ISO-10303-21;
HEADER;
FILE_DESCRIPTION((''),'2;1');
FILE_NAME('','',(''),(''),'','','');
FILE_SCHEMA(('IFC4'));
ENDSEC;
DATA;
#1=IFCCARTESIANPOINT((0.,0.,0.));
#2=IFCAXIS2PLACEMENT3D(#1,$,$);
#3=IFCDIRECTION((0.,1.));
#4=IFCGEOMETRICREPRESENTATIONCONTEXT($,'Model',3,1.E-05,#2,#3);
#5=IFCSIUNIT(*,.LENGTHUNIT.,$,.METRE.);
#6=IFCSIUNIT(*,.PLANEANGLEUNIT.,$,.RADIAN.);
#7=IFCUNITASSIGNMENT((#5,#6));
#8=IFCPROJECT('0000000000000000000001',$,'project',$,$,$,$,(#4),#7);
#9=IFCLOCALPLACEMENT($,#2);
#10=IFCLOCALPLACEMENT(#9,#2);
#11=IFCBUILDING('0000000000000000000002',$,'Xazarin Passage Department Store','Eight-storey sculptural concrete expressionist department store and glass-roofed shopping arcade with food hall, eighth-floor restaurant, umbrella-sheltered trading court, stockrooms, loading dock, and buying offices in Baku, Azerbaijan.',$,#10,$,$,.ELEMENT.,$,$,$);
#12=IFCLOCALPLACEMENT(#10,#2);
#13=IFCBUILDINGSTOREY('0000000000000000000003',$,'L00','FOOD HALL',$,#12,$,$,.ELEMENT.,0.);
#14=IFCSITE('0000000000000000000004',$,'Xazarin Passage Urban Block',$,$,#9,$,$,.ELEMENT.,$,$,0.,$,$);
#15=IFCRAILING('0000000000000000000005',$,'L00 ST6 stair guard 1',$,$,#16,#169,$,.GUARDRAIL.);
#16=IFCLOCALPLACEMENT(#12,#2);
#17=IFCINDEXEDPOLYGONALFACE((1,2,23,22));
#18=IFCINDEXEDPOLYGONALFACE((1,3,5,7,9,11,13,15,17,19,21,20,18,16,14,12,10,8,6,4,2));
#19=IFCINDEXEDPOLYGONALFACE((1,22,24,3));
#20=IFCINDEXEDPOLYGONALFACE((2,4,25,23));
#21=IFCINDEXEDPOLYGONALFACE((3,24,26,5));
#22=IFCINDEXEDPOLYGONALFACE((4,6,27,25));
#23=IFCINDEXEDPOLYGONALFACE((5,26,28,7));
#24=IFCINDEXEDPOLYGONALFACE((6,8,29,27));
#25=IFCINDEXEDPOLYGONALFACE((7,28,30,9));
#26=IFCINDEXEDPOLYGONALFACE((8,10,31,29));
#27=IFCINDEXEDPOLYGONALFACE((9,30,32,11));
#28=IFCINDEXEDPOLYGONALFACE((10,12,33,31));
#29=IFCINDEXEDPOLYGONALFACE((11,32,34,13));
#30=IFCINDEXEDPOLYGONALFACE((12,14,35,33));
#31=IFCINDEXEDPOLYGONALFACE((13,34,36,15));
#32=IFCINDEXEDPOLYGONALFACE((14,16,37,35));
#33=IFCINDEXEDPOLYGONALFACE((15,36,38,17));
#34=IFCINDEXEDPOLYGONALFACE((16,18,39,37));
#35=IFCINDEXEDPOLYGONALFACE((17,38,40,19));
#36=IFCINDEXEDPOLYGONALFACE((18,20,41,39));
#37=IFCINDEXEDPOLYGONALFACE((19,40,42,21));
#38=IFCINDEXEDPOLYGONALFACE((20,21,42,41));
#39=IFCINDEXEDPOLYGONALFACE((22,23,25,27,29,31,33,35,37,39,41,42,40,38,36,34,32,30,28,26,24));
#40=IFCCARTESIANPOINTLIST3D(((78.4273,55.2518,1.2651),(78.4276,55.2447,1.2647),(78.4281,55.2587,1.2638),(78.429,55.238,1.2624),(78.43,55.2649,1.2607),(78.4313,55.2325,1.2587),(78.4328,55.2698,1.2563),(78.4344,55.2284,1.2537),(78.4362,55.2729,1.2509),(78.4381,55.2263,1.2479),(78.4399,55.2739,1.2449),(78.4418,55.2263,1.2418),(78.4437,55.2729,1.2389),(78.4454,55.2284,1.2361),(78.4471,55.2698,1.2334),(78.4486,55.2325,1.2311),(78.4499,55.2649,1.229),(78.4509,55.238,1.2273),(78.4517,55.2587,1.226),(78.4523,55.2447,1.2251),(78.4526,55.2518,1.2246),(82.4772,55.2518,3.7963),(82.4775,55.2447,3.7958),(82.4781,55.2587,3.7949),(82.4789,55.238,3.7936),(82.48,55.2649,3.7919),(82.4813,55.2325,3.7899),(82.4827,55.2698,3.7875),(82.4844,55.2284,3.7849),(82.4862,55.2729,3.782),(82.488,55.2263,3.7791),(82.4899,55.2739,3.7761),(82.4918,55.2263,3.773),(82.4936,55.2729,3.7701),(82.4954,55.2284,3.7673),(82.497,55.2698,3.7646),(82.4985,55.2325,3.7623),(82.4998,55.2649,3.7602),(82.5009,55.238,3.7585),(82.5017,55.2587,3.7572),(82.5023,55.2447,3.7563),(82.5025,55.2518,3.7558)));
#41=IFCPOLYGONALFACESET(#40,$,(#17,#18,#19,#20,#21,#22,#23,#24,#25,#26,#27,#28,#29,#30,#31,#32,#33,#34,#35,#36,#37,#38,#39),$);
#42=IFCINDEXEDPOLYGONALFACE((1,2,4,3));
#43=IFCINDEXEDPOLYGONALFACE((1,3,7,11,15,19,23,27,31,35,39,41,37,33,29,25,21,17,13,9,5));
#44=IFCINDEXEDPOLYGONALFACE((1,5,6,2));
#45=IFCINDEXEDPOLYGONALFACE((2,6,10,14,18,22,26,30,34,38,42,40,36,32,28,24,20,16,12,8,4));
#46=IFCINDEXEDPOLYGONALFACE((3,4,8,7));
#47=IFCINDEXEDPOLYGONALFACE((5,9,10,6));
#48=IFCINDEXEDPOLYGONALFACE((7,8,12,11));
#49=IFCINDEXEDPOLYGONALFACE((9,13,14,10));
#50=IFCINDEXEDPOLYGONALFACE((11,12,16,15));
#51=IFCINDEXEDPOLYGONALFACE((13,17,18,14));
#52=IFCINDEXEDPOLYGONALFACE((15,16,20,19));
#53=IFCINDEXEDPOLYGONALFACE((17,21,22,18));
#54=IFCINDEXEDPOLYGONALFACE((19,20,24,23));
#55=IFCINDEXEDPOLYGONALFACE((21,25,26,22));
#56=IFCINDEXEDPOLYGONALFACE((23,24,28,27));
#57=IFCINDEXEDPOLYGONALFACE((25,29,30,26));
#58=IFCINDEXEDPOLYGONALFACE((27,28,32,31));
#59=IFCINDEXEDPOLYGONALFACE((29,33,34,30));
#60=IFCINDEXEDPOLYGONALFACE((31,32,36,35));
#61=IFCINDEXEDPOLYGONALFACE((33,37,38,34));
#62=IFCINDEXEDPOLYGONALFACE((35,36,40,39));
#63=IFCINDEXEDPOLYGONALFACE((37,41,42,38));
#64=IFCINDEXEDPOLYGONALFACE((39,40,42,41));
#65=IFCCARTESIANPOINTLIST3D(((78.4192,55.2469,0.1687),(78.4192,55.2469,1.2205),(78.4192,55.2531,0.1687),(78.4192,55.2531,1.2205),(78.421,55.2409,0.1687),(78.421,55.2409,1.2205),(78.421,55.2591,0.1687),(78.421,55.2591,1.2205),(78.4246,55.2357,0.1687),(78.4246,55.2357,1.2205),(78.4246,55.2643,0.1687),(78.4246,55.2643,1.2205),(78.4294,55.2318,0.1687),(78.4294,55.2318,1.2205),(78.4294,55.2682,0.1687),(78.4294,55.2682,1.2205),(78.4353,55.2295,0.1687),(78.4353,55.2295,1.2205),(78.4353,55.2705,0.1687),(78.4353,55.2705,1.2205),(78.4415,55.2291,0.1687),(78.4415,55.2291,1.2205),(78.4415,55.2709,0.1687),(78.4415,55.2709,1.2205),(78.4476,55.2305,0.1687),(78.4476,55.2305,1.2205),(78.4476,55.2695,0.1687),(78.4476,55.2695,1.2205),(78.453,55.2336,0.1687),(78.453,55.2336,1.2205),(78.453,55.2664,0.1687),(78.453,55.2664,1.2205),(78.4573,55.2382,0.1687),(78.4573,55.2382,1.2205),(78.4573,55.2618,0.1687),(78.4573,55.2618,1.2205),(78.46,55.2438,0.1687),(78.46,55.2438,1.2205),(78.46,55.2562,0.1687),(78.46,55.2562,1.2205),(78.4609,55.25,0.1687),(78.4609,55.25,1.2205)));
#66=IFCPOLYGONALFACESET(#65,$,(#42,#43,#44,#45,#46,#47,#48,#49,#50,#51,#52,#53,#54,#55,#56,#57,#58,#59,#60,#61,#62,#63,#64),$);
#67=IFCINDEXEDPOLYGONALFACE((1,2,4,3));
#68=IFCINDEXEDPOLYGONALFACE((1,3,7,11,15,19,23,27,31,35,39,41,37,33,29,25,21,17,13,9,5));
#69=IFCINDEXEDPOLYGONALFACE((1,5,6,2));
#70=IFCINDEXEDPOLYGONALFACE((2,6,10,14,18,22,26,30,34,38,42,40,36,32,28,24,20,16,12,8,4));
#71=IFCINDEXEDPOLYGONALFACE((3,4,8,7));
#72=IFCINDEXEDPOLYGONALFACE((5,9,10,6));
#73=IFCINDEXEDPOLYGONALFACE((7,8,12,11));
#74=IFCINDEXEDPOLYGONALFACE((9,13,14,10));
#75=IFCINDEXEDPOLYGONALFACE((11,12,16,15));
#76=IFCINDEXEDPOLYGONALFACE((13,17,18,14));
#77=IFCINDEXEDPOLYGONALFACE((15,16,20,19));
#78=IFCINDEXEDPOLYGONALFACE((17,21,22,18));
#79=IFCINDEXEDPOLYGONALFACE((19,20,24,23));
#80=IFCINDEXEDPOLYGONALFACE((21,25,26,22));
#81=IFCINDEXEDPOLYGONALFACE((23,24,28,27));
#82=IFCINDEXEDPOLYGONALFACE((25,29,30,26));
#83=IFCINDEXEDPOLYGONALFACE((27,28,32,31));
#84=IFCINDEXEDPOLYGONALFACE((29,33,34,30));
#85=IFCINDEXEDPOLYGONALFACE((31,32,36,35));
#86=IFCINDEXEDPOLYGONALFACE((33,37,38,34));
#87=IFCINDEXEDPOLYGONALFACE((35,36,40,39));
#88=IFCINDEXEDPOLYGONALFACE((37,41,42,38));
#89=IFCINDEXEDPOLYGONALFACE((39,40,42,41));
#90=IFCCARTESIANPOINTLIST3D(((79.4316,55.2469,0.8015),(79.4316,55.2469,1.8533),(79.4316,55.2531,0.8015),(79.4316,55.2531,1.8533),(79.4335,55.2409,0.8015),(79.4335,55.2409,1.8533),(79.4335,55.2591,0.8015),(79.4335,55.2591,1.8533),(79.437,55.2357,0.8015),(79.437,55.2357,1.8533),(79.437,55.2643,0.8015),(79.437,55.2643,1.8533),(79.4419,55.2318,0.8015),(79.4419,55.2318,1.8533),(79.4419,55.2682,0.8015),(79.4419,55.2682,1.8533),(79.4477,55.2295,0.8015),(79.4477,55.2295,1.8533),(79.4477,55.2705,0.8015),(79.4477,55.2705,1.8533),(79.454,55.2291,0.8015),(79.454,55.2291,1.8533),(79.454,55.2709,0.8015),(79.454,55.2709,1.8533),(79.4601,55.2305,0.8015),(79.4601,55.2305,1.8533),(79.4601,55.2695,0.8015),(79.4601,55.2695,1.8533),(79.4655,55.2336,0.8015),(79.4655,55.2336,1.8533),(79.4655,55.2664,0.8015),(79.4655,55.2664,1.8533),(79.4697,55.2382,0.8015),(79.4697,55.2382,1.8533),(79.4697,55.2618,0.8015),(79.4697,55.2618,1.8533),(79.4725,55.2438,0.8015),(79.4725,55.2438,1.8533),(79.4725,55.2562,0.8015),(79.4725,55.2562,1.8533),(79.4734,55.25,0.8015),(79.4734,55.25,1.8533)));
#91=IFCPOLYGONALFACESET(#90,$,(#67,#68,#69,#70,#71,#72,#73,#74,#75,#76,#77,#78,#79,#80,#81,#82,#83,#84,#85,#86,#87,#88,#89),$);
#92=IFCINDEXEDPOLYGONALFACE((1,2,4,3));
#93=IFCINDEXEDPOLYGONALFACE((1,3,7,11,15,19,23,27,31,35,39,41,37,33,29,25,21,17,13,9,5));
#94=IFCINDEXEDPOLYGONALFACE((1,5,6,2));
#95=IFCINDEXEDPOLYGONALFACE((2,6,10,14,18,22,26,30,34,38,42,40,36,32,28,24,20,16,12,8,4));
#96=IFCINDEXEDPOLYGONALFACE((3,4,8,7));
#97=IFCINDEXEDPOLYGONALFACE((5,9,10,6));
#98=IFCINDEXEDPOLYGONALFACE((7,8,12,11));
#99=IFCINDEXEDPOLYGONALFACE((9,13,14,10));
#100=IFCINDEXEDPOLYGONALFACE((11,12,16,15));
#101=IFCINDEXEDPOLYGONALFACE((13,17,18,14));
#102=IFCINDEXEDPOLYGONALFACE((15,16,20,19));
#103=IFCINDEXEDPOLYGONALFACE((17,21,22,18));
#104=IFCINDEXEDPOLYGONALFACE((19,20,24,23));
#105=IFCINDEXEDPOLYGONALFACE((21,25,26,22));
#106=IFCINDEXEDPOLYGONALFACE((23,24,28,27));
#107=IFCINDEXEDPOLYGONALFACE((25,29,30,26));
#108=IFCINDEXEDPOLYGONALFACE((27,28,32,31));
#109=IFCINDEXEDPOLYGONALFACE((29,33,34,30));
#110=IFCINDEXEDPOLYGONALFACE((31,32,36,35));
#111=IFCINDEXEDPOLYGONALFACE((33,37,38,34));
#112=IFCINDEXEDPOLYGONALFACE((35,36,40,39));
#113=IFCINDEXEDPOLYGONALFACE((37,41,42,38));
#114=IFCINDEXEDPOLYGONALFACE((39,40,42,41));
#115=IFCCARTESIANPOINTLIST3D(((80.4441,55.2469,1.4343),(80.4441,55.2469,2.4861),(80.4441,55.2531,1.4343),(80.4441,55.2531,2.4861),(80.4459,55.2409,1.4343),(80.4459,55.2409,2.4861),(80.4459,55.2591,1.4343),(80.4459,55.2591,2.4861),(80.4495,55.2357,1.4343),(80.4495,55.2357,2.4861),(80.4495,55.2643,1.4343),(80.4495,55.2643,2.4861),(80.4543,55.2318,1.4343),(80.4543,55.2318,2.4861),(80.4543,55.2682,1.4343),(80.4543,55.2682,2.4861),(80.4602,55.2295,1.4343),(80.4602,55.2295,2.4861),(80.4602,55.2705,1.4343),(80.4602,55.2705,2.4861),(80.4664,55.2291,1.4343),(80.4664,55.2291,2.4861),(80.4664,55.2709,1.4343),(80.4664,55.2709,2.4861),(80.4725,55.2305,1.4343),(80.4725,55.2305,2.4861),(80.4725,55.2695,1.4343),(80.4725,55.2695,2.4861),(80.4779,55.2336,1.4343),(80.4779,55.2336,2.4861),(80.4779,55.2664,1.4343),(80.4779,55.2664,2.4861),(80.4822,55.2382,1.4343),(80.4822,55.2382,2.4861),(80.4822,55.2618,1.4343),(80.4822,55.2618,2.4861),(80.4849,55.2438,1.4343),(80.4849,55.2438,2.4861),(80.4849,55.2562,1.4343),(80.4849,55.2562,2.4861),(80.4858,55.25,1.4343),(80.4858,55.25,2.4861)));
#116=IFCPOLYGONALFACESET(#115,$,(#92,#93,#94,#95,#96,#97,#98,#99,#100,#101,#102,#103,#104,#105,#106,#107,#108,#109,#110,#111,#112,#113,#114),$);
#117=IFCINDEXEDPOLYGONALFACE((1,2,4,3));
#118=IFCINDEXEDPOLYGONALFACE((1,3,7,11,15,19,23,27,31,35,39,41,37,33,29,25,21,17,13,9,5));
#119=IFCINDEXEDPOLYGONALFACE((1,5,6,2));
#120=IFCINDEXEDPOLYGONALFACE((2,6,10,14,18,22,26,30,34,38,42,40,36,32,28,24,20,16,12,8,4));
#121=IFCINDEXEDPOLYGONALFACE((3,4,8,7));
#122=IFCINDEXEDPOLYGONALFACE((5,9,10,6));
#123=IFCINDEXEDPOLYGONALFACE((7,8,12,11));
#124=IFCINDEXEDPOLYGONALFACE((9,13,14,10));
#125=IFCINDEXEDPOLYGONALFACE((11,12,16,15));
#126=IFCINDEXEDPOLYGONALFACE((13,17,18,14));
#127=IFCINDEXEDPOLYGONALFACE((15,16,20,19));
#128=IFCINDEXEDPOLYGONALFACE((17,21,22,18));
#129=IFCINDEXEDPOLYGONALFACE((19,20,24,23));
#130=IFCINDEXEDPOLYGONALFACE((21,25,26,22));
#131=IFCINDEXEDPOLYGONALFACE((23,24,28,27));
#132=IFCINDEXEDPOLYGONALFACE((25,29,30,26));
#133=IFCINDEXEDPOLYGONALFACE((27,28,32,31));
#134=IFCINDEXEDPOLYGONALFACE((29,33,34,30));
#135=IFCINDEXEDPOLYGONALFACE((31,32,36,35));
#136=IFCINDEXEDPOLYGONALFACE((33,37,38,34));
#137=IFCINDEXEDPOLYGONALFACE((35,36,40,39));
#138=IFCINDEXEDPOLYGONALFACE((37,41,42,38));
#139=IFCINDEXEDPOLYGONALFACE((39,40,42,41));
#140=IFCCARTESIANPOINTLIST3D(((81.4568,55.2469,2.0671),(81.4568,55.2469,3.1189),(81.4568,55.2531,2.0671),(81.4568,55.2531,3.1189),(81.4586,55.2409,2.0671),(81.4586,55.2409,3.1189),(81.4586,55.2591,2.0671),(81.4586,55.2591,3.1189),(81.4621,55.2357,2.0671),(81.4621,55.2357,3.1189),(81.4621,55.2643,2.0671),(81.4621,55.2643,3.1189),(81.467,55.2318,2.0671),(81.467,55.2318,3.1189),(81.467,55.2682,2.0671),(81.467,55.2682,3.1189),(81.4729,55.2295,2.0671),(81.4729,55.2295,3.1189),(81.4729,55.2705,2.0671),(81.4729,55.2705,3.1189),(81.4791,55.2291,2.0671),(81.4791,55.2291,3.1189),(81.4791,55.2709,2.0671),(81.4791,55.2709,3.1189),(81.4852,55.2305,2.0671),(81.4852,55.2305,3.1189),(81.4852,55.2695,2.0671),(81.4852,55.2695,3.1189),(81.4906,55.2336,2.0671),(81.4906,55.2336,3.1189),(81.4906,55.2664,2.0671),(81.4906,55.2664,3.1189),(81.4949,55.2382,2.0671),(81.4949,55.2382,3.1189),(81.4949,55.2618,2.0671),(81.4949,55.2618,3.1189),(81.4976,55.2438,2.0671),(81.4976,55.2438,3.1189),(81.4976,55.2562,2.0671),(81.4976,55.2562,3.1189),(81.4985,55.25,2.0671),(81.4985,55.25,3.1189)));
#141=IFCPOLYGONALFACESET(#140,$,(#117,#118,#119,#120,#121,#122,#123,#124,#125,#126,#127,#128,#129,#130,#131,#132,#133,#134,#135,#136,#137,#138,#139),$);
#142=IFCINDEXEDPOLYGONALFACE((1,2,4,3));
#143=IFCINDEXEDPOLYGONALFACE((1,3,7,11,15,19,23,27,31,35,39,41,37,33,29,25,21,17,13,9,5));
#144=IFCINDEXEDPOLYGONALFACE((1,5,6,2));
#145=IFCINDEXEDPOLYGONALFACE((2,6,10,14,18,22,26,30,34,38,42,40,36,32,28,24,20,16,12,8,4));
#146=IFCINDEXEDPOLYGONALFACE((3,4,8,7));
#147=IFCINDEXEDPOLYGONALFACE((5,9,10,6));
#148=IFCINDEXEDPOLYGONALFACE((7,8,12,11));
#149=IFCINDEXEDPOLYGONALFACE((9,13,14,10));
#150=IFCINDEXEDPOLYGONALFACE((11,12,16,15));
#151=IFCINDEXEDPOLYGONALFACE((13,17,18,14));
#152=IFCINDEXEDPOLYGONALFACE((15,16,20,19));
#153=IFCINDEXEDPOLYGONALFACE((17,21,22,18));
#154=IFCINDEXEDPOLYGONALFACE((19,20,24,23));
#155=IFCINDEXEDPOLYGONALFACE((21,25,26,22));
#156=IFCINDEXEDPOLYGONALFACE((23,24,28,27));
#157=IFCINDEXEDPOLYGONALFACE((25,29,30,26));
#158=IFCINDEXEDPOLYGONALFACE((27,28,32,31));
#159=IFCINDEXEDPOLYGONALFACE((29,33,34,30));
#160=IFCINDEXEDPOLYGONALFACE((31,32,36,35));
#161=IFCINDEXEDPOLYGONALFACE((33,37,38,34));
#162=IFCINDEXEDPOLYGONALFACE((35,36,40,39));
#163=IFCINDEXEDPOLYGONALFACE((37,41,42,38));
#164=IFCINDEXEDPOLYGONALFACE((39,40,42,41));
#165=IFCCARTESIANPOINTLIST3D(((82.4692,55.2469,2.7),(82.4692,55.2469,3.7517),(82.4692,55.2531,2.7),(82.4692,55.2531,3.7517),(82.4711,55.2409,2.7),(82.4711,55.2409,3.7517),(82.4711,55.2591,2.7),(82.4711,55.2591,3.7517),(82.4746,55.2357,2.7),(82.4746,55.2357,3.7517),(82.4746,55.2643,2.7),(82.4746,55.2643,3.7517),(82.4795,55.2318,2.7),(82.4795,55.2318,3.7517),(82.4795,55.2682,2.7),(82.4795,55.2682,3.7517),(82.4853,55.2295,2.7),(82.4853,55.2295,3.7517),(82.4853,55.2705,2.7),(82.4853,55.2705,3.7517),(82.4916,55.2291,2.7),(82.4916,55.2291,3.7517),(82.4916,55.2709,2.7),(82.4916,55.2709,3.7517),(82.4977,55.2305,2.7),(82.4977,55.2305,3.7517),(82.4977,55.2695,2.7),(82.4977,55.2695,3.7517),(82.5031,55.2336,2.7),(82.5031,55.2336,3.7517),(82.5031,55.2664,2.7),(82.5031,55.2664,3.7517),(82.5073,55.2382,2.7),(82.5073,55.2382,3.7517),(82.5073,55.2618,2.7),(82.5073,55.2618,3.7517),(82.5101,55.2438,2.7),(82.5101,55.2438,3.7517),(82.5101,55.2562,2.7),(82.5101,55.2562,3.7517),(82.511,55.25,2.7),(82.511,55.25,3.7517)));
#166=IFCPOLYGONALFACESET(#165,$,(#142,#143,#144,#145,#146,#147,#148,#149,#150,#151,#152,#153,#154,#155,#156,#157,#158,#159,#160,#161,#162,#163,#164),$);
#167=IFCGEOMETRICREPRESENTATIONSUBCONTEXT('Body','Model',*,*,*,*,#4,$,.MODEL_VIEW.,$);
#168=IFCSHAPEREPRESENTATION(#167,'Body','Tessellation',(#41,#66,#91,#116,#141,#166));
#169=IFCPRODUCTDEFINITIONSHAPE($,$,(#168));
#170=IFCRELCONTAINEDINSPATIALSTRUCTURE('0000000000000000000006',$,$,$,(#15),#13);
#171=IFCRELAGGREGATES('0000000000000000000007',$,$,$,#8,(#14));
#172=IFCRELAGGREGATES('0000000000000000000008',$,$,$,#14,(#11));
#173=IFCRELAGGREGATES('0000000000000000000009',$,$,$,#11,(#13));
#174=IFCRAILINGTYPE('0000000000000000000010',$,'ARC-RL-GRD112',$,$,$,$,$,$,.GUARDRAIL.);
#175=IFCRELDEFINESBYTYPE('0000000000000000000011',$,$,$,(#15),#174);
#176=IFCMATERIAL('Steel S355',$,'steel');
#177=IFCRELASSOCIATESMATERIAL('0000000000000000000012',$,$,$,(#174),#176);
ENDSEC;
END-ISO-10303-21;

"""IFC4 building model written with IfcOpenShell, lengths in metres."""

from ifc_helpers import new_model, si_unit, direction, frame, origin, origin_2d, place, context, subcontext, project, spatial, circle, extrude, material, type_object, element, save


model = new_model("IFC4")

# Units and contexts
model_context = context("Model", 3, precision=1e-05, world=origin(), true_north=direction((0.0, 1.0)))
body_context = subcontext(model_context, "Body", "Model", "MODEL_VIEW")
ifc_project = project(units=[si_unit("LENGTHUNIT", "METRE"), si_unit("PLANEANGLEUNIT", "RADIAN")], contexts=[model_context])

# Site, building, storey
site_placement = place(None, origin())
site = spatial("IfcSite", under=ifc_project, at=site_placement, Name="Xazarin Passage Urban Block", CompositionType="ELEMENT", RefElevation=0.0)
building_placement = place(site_placement, origin())
building = spatial("IfcBuilding", under=site, at=building_placement, Name="Xazarin Passage Department Store", Description="Eight-storey sculptural concrete expressionist department store and glass-roofed shopping arcade with food hall, eighth-floor restaurant, umbrella-sheltered trading court, stockrooms, loading dock, and buying offices in Baku, Azerbaijan.", CompositionType="ELEMENT")
storey_placement = place(building_placement, origin())
storey = spatial("IfcBuildingStorey", under=building, at=storey_placement, Name="L00", Description="FOOD HALL", CompositionType="ELEMENT", Elevation=0.0)

# Railing
ifc_material_1 = material(Name="Steel S355", Category="steel")
railing_type_1 = type_object("IfcRailingType", Name="ARC-RL-GRD112", PredefinedType="GUARDRAIL", material=ifc_material_1)
railing_1_placement = place(storey_placement, frame((78.4399, 55.25, 0.1687)))
element("IfcRailing", 1, at=railing_1_placement, inside=storey, type_object=railing_type_1, Name="L00 ST6 stair guard 1", PredefinedType="GUARDRAIL", context=body_context, shape_type="SweptSolid", body=[
    extrude(circle(Radius=0.0239, at=origin_2d()), frame((0.0, 0.0, 1.0762), z_axis=(0.848001, 0.0, 0.529994), x_axis=(0.0, 1.0, 0.0)), (0.0, 0.0, 1.0), 4.7759),
    extrude(circle(Radius=0.021, at=origin_2d()), origin(), (0.0, 0.0, 1.0), 1.0518),
    extrude(circle(Radius=0.021, at=origin_2d()), frame((1.0125, 0.0, 0.6328)), (0.0, 0.0, 1.0), 1.0518),
    extrude(circle(Radius=0.021, at=origin_2d()), frame((2.0249, 0.0, 1.2656)), (0.0, 0.0, 1.0), 1.0518),
    extrude(circle(Radius=0.021, at=origin_2d()), frame((3.0376, 0.0, 1.8984)), (0.0, 0.0, 1.0), 1.0518),
    extrude(circle(Radius=0.021, at=origin_2d()), frame((4.05, 0.0, 2.5312)), (0.0, 0.0, 1.0), 1.0518),
])

save(model, "model.ifc")
